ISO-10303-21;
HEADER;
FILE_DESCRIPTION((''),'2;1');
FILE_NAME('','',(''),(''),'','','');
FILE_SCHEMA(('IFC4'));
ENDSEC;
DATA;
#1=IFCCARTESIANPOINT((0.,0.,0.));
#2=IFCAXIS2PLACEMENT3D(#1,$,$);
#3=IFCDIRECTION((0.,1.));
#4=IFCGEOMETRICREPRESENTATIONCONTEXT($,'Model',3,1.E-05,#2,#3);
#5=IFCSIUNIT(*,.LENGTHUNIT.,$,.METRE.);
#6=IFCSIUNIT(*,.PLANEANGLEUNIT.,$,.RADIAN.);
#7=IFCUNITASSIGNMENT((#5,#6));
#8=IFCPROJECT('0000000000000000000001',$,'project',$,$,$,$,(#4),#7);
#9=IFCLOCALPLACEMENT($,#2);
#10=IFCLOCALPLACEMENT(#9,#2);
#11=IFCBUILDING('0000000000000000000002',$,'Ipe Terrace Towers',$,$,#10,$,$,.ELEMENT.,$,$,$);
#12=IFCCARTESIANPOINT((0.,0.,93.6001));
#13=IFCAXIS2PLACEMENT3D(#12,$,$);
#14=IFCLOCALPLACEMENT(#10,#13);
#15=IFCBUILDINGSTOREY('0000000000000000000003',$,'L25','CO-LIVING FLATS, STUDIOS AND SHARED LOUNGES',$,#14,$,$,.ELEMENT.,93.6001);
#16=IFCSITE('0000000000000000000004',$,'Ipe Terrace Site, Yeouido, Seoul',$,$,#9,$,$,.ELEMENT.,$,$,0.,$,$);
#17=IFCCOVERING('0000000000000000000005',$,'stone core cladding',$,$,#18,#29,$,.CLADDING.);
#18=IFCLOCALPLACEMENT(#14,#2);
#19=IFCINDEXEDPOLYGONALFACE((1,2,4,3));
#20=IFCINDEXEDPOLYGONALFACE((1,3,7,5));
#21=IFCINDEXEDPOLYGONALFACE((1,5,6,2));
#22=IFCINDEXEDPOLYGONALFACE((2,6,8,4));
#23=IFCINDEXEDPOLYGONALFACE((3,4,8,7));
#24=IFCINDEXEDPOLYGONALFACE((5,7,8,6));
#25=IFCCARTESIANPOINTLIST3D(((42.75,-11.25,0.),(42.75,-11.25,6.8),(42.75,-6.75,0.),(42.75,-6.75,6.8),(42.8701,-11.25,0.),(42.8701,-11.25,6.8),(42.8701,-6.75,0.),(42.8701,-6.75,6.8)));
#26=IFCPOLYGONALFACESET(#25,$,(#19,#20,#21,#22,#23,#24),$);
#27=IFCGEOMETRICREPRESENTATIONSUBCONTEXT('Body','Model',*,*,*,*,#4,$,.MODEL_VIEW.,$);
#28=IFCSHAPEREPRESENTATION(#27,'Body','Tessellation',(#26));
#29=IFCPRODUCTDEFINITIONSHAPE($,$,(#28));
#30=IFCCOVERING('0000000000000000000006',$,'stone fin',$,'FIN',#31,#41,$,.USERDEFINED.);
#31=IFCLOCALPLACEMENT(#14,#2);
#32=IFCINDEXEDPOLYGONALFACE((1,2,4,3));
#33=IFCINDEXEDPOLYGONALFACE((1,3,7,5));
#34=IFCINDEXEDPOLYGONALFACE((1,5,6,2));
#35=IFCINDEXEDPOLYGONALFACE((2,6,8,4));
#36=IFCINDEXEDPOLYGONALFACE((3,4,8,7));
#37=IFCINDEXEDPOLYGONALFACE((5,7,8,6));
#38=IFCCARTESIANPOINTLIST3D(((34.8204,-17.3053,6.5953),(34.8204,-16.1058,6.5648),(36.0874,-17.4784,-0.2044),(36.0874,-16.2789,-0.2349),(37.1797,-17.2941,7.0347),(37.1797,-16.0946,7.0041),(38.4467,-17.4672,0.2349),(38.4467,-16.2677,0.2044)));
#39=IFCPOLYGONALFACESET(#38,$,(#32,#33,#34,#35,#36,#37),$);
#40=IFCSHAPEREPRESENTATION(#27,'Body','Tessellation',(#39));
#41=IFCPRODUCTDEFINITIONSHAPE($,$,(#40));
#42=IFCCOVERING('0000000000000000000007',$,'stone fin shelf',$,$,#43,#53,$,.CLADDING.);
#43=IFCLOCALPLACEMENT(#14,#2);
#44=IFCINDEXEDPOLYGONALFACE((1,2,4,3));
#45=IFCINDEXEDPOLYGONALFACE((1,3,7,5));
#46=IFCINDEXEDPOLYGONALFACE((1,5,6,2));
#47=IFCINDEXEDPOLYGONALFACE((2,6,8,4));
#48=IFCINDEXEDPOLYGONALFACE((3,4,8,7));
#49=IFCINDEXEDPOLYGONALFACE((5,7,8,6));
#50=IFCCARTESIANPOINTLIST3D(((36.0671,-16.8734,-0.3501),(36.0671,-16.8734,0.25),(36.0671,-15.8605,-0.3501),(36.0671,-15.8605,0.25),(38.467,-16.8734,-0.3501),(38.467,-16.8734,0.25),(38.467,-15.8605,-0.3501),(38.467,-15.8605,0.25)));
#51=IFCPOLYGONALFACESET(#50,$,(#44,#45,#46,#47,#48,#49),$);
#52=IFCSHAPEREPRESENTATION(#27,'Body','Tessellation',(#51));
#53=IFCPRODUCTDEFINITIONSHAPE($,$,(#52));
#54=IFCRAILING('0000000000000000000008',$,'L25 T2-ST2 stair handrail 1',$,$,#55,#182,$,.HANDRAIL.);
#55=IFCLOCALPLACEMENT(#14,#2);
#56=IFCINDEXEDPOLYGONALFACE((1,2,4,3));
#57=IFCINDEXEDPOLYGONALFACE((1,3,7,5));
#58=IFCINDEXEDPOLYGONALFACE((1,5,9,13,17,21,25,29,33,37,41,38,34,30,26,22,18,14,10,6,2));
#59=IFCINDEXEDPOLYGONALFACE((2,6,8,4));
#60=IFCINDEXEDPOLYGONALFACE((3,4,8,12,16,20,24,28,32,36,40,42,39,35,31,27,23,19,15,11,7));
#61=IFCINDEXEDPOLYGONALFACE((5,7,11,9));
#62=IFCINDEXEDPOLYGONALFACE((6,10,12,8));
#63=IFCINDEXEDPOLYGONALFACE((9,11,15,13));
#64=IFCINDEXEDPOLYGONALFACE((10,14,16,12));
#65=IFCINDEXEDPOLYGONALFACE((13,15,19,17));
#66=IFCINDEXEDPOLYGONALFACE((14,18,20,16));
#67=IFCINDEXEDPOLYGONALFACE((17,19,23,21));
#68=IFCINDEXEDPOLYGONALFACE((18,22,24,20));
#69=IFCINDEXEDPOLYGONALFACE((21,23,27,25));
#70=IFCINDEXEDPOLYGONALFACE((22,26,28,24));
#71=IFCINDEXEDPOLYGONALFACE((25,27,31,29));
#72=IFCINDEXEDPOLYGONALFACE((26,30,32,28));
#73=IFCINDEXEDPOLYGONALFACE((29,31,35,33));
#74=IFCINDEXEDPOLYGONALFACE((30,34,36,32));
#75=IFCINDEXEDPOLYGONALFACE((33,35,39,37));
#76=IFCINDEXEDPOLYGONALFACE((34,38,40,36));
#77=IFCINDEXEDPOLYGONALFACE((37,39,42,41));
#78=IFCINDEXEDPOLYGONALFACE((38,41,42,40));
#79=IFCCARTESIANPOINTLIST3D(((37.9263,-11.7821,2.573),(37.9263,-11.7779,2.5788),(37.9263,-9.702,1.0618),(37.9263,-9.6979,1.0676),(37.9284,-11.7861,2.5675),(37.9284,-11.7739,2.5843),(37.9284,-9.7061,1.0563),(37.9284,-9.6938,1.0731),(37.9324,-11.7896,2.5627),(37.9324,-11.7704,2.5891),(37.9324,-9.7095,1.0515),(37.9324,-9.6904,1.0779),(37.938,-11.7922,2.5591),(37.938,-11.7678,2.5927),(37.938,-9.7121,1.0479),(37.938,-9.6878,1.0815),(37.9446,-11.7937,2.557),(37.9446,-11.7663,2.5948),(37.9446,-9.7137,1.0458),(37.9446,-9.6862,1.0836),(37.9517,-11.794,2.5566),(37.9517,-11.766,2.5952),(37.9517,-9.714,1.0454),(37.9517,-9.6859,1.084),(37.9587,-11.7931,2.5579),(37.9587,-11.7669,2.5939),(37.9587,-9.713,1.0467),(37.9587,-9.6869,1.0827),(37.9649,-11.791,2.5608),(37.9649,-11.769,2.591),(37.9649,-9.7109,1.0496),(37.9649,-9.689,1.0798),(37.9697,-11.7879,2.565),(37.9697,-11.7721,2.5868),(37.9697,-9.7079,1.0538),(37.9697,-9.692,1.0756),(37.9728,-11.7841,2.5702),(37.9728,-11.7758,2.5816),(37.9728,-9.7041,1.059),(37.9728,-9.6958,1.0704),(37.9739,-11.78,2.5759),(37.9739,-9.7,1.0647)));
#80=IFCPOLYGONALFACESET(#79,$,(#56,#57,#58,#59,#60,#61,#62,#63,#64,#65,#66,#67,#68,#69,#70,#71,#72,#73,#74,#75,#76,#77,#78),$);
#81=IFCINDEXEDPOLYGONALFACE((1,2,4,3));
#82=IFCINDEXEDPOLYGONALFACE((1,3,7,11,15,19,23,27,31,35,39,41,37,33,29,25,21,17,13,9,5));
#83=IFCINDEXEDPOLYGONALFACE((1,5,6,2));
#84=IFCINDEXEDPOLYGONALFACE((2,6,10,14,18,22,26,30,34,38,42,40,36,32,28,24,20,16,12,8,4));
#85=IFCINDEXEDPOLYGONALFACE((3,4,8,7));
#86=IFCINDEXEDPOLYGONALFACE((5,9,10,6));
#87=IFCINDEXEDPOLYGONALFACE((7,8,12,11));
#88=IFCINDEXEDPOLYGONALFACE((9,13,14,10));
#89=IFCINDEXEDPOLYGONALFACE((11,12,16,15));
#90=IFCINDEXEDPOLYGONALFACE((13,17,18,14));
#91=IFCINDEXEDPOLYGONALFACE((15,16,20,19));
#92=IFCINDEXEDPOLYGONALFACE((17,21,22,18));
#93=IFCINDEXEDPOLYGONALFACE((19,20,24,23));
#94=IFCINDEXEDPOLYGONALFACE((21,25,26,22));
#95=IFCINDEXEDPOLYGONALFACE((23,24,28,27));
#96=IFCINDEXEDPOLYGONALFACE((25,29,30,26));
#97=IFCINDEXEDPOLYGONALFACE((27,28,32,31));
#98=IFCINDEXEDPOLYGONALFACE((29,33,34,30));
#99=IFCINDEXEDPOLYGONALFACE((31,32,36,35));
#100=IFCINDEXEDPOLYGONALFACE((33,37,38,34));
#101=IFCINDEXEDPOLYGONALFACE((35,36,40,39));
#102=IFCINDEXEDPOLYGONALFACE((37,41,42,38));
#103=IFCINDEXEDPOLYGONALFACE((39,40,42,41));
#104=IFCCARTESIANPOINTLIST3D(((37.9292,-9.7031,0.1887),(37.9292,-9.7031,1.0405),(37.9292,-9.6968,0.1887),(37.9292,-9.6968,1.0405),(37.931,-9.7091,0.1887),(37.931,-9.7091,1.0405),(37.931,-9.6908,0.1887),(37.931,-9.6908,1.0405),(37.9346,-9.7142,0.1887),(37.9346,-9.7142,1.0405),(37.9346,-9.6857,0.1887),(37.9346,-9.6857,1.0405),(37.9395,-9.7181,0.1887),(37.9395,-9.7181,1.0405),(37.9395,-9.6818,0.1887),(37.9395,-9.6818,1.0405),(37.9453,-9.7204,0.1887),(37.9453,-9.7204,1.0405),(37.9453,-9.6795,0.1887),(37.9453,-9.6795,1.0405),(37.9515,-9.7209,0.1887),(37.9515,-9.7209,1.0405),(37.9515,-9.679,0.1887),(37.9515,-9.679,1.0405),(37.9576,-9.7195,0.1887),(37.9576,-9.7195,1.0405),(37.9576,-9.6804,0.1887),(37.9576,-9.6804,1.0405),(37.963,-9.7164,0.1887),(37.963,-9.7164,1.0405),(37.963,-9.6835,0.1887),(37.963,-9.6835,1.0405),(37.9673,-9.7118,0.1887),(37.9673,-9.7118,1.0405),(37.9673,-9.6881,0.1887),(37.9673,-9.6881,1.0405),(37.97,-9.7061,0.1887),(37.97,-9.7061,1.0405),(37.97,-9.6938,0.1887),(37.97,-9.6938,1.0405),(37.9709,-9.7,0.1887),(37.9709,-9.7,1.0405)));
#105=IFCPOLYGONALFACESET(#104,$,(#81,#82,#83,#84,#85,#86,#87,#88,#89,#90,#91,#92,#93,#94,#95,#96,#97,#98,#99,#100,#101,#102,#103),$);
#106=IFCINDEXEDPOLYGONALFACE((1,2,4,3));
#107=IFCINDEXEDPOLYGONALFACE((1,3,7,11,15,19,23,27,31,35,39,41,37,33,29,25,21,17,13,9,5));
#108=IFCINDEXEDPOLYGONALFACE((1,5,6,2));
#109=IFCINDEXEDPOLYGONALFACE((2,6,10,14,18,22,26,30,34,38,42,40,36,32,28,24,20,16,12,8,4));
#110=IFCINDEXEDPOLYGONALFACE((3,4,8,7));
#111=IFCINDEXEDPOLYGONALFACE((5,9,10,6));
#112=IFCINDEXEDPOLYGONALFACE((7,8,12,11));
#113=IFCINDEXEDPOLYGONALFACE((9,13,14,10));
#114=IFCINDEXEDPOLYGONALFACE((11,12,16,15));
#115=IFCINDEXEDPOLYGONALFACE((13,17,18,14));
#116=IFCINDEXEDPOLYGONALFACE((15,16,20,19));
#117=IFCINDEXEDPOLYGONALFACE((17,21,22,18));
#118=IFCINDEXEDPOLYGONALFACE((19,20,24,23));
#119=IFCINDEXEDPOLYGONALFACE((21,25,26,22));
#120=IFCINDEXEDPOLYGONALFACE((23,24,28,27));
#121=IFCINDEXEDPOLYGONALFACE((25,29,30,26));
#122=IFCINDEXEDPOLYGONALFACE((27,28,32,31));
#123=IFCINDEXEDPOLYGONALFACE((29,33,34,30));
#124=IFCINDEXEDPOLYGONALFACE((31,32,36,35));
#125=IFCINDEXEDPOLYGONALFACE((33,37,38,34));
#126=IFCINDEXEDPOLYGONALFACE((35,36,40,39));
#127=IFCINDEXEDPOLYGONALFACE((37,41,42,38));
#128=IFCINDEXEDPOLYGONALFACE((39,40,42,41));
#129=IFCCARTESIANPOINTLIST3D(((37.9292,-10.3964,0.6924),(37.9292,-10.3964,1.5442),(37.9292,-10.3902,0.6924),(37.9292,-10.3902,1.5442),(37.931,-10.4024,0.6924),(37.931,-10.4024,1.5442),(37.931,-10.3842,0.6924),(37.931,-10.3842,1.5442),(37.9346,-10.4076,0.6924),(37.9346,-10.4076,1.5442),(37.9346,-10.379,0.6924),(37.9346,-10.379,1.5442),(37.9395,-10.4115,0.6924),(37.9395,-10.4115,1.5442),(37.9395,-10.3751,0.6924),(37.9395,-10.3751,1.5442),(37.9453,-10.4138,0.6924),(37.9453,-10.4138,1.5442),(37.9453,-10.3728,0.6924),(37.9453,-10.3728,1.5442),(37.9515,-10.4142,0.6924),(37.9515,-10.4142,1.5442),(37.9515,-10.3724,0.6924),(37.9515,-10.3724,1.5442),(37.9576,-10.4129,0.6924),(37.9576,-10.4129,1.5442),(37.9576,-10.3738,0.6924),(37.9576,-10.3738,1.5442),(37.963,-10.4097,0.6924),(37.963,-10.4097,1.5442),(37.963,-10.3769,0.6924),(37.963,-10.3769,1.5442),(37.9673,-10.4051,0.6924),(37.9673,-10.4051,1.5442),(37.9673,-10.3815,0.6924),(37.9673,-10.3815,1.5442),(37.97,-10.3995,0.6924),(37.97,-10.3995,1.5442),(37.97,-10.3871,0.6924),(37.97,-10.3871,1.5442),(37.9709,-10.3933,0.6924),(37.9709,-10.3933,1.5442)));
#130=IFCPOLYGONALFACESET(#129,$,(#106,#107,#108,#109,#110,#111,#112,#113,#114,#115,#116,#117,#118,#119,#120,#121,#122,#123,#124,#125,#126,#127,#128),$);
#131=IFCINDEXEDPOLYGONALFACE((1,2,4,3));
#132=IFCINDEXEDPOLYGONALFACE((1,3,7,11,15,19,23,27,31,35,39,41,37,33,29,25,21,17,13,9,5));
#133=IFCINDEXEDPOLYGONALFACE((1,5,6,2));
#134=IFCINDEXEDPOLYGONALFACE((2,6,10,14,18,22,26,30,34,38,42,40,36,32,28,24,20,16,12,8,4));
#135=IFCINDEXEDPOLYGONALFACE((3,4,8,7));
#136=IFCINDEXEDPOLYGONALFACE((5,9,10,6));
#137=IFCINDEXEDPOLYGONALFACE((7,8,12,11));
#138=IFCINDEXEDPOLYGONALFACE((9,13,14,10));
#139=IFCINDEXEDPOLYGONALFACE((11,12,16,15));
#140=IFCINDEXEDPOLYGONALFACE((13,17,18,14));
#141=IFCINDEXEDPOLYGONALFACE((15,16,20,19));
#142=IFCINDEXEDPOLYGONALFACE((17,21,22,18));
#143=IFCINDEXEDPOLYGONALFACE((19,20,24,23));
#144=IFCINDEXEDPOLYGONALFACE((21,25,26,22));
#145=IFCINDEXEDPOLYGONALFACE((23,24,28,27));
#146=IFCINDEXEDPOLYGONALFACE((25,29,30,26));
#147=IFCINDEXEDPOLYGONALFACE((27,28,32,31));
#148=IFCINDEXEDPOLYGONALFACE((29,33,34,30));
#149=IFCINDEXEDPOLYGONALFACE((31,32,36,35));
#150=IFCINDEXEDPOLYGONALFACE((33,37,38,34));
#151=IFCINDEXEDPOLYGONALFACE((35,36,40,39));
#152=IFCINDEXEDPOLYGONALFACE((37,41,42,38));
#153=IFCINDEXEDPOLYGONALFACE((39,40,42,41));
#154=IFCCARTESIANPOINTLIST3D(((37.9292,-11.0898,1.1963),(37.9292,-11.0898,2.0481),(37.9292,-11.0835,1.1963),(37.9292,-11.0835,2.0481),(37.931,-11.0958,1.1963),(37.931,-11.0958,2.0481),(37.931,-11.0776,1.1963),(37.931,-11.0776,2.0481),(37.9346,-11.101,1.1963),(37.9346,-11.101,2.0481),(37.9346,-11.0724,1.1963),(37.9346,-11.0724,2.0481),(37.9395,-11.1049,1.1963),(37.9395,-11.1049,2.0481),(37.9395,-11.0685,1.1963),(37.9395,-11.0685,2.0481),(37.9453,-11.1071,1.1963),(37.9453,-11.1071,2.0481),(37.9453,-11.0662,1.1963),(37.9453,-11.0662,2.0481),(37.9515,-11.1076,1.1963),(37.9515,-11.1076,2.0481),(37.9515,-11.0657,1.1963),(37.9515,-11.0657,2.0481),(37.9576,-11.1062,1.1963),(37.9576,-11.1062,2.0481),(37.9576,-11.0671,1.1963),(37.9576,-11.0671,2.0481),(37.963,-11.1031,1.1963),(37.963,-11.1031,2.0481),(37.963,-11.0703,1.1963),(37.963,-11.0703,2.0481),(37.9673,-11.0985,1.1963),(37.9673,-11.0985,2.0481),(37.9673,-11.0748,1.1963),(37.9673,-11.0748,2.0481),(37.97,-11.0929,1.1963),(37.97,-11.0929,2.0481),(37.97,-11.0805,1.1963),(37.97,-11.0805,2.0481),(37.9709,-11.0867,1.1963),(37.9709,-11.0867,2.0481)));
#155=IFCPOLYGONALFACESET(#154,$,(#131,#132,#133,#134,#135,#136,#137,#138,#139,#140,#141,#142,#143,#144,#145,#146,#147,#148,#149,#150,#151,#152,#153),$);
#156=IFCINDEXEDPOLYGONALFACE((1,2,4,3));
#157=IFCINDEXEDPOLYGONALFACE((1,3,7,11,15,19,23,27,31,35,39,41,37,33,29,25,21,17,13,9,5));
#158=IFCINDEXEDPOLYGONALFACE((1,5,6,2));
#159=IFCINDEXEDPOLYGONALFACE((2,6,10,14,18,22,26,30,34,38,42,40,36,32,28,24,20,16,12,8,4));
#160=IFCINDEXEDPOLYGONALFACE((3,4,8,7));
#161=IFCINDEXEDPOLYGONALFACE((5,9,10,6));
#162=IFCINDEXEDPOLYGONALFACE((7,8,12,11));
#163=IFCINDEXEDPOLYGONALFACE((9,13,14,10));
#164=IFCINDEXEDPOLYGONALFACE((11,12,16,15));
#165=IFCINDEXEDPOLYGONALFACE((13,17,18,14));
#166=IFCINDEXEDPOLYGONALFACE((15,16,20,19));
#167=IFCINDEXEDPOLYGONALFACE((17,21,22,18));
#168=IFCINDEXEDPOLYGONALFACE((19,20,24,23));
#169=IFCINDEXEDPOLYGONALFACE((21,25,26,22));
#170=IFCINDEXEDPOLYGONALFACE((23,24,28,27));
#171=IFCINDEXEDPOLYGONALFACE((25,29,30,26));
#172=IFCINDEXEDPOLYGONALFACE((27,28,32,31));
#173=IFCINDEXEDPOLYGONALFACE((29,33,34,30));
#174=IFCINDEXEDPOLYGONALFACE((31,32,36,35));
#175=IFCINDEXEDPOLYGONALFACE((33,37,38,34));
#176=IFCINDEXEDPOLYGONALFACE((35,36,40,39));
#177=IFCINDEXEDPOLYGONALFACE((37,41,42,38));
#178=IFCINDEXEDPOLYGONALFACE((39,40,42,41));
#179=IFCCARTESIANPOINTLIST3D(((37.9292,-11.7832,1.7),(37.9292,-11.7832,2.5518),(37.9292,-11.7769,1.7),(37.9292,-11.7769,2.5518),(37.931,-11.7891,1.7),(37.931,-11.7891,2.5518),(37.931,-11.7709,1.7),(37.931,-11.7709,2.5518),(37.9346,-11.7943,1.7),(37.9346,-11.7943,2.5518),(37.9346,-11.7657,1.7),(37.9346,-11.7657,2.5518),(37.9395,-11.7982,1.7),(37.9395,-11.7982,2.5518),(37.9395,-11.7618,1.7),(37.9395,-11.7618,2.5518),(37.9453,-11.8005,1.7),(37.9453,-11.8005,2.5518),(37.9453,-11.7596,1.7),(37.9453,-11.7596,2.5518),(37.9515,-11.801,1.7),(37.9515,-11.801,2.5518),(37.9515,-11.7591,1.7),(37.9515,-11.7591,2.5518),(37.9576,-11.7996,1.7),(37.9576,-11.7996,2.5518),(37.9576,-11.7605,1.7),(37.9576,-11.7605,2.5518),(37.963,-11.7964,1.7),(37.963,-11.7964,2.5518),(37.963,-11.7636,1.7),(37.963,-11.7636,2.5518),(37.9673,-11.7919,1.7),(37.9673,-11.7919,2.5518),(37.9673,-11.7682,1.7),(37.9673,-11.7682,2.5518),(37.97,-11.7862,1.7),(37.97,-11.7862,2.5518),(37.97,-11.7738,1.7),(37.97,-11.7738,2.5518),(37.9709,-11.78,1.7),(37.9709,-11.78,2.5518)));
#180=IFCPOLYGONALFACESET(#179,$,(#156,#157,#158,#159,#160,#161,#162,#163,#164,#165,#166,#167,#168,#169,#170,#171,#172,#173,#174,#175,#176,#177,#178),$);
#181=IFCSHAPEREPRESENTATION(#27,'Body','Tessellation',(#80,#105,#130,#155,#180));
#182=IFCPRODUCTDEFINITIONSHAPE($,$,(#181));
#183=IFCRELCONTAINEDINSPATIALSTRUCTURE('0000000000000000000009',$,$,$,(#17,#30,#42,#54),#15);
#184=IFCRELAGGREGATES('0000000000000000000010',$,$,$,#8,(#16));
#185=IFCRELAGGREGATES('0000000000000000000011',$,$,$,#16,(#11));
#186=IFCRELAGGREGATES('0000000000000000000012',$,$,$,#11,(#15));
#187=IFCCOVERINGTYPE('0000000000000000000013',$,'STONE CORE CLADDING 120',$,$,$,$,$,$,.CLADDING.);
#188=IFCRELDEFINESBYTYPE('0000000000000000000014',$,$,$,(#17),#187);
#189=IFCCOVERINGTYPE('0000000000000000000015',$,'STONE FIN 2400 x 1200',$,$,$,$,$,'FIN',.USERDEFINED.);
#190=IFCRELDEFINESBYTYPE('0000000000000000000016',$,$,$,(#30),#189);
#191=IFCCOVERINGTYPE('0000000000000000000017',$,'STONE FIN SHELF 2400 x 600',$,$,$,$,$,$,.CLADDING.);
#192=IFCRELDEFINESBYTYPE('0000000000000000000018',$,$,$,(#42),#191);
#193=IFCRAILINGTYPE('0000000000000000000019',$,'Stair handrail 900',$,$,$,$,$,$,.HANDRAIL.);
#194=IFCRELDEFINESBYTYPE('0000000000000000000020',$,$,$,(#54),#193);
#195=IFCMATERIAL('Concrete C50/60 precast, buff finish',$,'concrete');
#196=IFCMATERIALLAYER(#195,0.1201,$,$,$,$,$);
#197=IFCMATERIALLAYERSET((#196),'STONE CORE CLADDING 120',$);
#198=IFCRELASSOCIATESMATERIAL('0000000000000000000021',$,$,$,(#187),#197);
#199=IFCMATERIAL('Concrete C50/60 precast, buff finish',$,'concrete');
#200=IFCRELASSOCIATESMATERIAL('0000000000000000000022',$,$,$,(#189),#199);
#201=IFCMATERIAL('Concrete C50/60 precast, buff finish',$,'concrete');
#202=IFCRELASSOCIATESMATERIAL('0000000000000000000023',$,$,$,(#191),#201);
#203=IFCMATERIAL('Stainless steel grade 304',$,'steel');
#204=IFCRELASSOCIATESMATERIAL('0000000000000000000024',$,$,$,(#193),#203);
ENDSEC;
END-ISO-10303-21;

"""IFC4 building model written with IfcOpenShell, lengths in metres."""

from ifc_helpers import new_model, si_unit, direction, frame, origin, origin_2d, place, context, subcontext, project, spatial, rectangle, circle, extrude, material, layer, layer_set, material_profile, profile_set, type_object, element, save


model = new_model("IFC4")

# Units and contexts
model_context = context("Model", 3, precision=1e-05, world=origin(), true_north=direction((0.0, 1.0)))
body_context = subcontext(model_context, "Body", "Model", "MODEL_VIEW")
ifc_project = project(units=[si_unit("LENGTHUNIT", "METRE"), si_unit("PLANEANGLEUNIT", "RADIAN")], contexts=[model_context])

# Site, building, storey
site_placement = place(None, origin())
site = spatial("IfcSite", under=ifc_project, at=site_placement, Name="Ipe Terrace Site, Yeouido, Seoul", CompositionType="ELEMENT", RefElevation=0.0)
building_placement = place(site_placement, origin())
building = spatial("IfcBuilding", under=site, at=building_placement, Name="Ipe Terrace Towers", CompositionType="ELEMENT")
storey_placement = place(building_placement, frame((0.0, 0.0, 93.6001)))
storey = spatial("IfcBuildingStorey", under=building, at=storey_placement, Name="L25", Description="CO-LIVING FLATS, STUDIOS AND SHARED LOUNGES", CompositionType="ELEMENT", Elevation=93.6001)

# Coverings
ifc_material_1 = material(Name="Concrete C50/60 precast, buff finish", Category="concrete")
ifc_layer_1 = layer(ifc_material_1, 0.1201)
ifc_layer_set_1 = layer_set([ifc_layer_1], Name="STONE CORE CLADDING 120")
covering_type_1 = type_object("IfcCoveringType", Name="STONE CORE CLADDING 120", PredefinedType="CLADDING", material=ifc_layer_set_1)
covering_1_placement = place(storey_placement, frame((42.8101, -9.0, 0.0), z_axis=(0.0, 0.0, 1.0), x_axis=(0.0, 1.0, 0.0)))
element("IfcCovering", 1, at=covering_1_placement, inside=storey, type_object=covering_type_1, Name="stone core cladding", PredefinedType="CLADDING", context=body_context, shape_type="SweptSolid", body=[
    extrude(rectangle(XDim=4.5, YDim=0.1201, at=origin_2d()), origin(), (0.0, 0.0, 1.0), 6.8),
])
ifc_material_2 = material(Name="Concrete C50/60 precast, buff finish", Category="concrete")
ifc_material_profile = material_profile(ifc_material_2, rectangle(XDim=2.3999, YDim=1.2, at=origin_2d()), Name="STONE FIN 2400 x 1200")
ifc_profile_set = profile_set([ifc_material_profile], Name="Concrete C50/60 precast, buff finish")
covering_type_2 = type_object("IfcCoveringType", Name="STONE FIN 2400 x 1200", ElementType="FIN", PredefinedType="USERDEFINED", material=ifc_profile_set)
covering_2_placement = place(storey_placement, frame((37.2671, -16.873, 0.0), z_axis=(-0.183131, 0.025017, 0.98277), x_axis=(0.983088, 0.00466, 0.183072)))
element("IfcCovering", 2, at=covering_2_placement, inside=storey, type_object=covering_type_2, Name="stone fin", ObjectType="FIN", PredefinedType="USERDEFINED", context=body_context, shape_type="SweptSolid", body=[
    extrude(rectangle(XDim=2.3999, YDim=1.2, at=origin_2d()), origin(), (0.0, 0.0, 1.0), 6.9189),
])
ifc_material_3 = material(Name="Concrete C50/60 precast, buff finish", Category="concrete")
covering_type_3 = type_object("IfcCoveringType", Name="STONE FIN SHELF 2400 x 600", PredefinedType="CLADDING", material=ifc_material_3)
covering_3_placement = place(storey_placement, frame((37.2671, -16.3669, -0.3501), z_axis=(0.0, 0.0, 1.0), x_axis=(1.0, 0.0, 0.0)))
element("IfcCovering", 3, at=covering_3_placement, inside=storey, type_object=covering_type_3, Name="stone fin shelf", PredefinedType="CLADDING", context=body_context, shape_type="SweptSolid", body=[
    extrude(rectangle(XDim=2.3999, YDim=1.0129, at=origin_2d()), origin(), (0.0, 0.0, 1.0), 0.6001),
])

# Railing
ifc_material_4 = material(Name="Stainless steel grade 304", Category="steel")
railing_type_1 = type_object("IfcRailingType", Name="Stair handrail 900", PredefinedType="HANDRAIL", material=ifc_material_4)
railing_1_placement = place(storey_placement, frame((37.95, -9.7, 0.1887)))
element("IfcRailing", 4, at=railing_1_placement, inside=storey, type_object=railing_type_1, Name="L25 T2-ST2 stair handrail 1", PredefinedType="HANDRAIL", context=body_context, shape_type="SweptSolid", body=[
    extrude(circle(Radius=0.0239, at=origin_2d()), frame((0.0, 0.0, 0.876), z_axis=(0.0, -0.809023, 0.587776), x_axis=(1.0, 0.0, 0.0)), (0.0, 0.0, 1.0), 2.571),
    extrude(circle(Radius=0.021, at=origin_2d()), origin(), (0.0, 0.0, 1.0), 0.8518),
    extrude(circle(Radius=0.021, at=origin_2d()), frame((0.0, -0.6934, 0.5037)), (0.0, 0.0, 1.0), 0.8518),
    extrude(circle(Radius=0.021, at=origin_2d()), frame((0.0, -1.3867, 1.0076)), (0.0, 0.0, 1.0), 0.8518),
    extrude(circle(Radius=0.021, at=origin_2d()), frame((0.0, -2.0801, 1.5112)), (0.0, 0.0, 1.0), 0.8518),
])

save(model, "model.ifc")
